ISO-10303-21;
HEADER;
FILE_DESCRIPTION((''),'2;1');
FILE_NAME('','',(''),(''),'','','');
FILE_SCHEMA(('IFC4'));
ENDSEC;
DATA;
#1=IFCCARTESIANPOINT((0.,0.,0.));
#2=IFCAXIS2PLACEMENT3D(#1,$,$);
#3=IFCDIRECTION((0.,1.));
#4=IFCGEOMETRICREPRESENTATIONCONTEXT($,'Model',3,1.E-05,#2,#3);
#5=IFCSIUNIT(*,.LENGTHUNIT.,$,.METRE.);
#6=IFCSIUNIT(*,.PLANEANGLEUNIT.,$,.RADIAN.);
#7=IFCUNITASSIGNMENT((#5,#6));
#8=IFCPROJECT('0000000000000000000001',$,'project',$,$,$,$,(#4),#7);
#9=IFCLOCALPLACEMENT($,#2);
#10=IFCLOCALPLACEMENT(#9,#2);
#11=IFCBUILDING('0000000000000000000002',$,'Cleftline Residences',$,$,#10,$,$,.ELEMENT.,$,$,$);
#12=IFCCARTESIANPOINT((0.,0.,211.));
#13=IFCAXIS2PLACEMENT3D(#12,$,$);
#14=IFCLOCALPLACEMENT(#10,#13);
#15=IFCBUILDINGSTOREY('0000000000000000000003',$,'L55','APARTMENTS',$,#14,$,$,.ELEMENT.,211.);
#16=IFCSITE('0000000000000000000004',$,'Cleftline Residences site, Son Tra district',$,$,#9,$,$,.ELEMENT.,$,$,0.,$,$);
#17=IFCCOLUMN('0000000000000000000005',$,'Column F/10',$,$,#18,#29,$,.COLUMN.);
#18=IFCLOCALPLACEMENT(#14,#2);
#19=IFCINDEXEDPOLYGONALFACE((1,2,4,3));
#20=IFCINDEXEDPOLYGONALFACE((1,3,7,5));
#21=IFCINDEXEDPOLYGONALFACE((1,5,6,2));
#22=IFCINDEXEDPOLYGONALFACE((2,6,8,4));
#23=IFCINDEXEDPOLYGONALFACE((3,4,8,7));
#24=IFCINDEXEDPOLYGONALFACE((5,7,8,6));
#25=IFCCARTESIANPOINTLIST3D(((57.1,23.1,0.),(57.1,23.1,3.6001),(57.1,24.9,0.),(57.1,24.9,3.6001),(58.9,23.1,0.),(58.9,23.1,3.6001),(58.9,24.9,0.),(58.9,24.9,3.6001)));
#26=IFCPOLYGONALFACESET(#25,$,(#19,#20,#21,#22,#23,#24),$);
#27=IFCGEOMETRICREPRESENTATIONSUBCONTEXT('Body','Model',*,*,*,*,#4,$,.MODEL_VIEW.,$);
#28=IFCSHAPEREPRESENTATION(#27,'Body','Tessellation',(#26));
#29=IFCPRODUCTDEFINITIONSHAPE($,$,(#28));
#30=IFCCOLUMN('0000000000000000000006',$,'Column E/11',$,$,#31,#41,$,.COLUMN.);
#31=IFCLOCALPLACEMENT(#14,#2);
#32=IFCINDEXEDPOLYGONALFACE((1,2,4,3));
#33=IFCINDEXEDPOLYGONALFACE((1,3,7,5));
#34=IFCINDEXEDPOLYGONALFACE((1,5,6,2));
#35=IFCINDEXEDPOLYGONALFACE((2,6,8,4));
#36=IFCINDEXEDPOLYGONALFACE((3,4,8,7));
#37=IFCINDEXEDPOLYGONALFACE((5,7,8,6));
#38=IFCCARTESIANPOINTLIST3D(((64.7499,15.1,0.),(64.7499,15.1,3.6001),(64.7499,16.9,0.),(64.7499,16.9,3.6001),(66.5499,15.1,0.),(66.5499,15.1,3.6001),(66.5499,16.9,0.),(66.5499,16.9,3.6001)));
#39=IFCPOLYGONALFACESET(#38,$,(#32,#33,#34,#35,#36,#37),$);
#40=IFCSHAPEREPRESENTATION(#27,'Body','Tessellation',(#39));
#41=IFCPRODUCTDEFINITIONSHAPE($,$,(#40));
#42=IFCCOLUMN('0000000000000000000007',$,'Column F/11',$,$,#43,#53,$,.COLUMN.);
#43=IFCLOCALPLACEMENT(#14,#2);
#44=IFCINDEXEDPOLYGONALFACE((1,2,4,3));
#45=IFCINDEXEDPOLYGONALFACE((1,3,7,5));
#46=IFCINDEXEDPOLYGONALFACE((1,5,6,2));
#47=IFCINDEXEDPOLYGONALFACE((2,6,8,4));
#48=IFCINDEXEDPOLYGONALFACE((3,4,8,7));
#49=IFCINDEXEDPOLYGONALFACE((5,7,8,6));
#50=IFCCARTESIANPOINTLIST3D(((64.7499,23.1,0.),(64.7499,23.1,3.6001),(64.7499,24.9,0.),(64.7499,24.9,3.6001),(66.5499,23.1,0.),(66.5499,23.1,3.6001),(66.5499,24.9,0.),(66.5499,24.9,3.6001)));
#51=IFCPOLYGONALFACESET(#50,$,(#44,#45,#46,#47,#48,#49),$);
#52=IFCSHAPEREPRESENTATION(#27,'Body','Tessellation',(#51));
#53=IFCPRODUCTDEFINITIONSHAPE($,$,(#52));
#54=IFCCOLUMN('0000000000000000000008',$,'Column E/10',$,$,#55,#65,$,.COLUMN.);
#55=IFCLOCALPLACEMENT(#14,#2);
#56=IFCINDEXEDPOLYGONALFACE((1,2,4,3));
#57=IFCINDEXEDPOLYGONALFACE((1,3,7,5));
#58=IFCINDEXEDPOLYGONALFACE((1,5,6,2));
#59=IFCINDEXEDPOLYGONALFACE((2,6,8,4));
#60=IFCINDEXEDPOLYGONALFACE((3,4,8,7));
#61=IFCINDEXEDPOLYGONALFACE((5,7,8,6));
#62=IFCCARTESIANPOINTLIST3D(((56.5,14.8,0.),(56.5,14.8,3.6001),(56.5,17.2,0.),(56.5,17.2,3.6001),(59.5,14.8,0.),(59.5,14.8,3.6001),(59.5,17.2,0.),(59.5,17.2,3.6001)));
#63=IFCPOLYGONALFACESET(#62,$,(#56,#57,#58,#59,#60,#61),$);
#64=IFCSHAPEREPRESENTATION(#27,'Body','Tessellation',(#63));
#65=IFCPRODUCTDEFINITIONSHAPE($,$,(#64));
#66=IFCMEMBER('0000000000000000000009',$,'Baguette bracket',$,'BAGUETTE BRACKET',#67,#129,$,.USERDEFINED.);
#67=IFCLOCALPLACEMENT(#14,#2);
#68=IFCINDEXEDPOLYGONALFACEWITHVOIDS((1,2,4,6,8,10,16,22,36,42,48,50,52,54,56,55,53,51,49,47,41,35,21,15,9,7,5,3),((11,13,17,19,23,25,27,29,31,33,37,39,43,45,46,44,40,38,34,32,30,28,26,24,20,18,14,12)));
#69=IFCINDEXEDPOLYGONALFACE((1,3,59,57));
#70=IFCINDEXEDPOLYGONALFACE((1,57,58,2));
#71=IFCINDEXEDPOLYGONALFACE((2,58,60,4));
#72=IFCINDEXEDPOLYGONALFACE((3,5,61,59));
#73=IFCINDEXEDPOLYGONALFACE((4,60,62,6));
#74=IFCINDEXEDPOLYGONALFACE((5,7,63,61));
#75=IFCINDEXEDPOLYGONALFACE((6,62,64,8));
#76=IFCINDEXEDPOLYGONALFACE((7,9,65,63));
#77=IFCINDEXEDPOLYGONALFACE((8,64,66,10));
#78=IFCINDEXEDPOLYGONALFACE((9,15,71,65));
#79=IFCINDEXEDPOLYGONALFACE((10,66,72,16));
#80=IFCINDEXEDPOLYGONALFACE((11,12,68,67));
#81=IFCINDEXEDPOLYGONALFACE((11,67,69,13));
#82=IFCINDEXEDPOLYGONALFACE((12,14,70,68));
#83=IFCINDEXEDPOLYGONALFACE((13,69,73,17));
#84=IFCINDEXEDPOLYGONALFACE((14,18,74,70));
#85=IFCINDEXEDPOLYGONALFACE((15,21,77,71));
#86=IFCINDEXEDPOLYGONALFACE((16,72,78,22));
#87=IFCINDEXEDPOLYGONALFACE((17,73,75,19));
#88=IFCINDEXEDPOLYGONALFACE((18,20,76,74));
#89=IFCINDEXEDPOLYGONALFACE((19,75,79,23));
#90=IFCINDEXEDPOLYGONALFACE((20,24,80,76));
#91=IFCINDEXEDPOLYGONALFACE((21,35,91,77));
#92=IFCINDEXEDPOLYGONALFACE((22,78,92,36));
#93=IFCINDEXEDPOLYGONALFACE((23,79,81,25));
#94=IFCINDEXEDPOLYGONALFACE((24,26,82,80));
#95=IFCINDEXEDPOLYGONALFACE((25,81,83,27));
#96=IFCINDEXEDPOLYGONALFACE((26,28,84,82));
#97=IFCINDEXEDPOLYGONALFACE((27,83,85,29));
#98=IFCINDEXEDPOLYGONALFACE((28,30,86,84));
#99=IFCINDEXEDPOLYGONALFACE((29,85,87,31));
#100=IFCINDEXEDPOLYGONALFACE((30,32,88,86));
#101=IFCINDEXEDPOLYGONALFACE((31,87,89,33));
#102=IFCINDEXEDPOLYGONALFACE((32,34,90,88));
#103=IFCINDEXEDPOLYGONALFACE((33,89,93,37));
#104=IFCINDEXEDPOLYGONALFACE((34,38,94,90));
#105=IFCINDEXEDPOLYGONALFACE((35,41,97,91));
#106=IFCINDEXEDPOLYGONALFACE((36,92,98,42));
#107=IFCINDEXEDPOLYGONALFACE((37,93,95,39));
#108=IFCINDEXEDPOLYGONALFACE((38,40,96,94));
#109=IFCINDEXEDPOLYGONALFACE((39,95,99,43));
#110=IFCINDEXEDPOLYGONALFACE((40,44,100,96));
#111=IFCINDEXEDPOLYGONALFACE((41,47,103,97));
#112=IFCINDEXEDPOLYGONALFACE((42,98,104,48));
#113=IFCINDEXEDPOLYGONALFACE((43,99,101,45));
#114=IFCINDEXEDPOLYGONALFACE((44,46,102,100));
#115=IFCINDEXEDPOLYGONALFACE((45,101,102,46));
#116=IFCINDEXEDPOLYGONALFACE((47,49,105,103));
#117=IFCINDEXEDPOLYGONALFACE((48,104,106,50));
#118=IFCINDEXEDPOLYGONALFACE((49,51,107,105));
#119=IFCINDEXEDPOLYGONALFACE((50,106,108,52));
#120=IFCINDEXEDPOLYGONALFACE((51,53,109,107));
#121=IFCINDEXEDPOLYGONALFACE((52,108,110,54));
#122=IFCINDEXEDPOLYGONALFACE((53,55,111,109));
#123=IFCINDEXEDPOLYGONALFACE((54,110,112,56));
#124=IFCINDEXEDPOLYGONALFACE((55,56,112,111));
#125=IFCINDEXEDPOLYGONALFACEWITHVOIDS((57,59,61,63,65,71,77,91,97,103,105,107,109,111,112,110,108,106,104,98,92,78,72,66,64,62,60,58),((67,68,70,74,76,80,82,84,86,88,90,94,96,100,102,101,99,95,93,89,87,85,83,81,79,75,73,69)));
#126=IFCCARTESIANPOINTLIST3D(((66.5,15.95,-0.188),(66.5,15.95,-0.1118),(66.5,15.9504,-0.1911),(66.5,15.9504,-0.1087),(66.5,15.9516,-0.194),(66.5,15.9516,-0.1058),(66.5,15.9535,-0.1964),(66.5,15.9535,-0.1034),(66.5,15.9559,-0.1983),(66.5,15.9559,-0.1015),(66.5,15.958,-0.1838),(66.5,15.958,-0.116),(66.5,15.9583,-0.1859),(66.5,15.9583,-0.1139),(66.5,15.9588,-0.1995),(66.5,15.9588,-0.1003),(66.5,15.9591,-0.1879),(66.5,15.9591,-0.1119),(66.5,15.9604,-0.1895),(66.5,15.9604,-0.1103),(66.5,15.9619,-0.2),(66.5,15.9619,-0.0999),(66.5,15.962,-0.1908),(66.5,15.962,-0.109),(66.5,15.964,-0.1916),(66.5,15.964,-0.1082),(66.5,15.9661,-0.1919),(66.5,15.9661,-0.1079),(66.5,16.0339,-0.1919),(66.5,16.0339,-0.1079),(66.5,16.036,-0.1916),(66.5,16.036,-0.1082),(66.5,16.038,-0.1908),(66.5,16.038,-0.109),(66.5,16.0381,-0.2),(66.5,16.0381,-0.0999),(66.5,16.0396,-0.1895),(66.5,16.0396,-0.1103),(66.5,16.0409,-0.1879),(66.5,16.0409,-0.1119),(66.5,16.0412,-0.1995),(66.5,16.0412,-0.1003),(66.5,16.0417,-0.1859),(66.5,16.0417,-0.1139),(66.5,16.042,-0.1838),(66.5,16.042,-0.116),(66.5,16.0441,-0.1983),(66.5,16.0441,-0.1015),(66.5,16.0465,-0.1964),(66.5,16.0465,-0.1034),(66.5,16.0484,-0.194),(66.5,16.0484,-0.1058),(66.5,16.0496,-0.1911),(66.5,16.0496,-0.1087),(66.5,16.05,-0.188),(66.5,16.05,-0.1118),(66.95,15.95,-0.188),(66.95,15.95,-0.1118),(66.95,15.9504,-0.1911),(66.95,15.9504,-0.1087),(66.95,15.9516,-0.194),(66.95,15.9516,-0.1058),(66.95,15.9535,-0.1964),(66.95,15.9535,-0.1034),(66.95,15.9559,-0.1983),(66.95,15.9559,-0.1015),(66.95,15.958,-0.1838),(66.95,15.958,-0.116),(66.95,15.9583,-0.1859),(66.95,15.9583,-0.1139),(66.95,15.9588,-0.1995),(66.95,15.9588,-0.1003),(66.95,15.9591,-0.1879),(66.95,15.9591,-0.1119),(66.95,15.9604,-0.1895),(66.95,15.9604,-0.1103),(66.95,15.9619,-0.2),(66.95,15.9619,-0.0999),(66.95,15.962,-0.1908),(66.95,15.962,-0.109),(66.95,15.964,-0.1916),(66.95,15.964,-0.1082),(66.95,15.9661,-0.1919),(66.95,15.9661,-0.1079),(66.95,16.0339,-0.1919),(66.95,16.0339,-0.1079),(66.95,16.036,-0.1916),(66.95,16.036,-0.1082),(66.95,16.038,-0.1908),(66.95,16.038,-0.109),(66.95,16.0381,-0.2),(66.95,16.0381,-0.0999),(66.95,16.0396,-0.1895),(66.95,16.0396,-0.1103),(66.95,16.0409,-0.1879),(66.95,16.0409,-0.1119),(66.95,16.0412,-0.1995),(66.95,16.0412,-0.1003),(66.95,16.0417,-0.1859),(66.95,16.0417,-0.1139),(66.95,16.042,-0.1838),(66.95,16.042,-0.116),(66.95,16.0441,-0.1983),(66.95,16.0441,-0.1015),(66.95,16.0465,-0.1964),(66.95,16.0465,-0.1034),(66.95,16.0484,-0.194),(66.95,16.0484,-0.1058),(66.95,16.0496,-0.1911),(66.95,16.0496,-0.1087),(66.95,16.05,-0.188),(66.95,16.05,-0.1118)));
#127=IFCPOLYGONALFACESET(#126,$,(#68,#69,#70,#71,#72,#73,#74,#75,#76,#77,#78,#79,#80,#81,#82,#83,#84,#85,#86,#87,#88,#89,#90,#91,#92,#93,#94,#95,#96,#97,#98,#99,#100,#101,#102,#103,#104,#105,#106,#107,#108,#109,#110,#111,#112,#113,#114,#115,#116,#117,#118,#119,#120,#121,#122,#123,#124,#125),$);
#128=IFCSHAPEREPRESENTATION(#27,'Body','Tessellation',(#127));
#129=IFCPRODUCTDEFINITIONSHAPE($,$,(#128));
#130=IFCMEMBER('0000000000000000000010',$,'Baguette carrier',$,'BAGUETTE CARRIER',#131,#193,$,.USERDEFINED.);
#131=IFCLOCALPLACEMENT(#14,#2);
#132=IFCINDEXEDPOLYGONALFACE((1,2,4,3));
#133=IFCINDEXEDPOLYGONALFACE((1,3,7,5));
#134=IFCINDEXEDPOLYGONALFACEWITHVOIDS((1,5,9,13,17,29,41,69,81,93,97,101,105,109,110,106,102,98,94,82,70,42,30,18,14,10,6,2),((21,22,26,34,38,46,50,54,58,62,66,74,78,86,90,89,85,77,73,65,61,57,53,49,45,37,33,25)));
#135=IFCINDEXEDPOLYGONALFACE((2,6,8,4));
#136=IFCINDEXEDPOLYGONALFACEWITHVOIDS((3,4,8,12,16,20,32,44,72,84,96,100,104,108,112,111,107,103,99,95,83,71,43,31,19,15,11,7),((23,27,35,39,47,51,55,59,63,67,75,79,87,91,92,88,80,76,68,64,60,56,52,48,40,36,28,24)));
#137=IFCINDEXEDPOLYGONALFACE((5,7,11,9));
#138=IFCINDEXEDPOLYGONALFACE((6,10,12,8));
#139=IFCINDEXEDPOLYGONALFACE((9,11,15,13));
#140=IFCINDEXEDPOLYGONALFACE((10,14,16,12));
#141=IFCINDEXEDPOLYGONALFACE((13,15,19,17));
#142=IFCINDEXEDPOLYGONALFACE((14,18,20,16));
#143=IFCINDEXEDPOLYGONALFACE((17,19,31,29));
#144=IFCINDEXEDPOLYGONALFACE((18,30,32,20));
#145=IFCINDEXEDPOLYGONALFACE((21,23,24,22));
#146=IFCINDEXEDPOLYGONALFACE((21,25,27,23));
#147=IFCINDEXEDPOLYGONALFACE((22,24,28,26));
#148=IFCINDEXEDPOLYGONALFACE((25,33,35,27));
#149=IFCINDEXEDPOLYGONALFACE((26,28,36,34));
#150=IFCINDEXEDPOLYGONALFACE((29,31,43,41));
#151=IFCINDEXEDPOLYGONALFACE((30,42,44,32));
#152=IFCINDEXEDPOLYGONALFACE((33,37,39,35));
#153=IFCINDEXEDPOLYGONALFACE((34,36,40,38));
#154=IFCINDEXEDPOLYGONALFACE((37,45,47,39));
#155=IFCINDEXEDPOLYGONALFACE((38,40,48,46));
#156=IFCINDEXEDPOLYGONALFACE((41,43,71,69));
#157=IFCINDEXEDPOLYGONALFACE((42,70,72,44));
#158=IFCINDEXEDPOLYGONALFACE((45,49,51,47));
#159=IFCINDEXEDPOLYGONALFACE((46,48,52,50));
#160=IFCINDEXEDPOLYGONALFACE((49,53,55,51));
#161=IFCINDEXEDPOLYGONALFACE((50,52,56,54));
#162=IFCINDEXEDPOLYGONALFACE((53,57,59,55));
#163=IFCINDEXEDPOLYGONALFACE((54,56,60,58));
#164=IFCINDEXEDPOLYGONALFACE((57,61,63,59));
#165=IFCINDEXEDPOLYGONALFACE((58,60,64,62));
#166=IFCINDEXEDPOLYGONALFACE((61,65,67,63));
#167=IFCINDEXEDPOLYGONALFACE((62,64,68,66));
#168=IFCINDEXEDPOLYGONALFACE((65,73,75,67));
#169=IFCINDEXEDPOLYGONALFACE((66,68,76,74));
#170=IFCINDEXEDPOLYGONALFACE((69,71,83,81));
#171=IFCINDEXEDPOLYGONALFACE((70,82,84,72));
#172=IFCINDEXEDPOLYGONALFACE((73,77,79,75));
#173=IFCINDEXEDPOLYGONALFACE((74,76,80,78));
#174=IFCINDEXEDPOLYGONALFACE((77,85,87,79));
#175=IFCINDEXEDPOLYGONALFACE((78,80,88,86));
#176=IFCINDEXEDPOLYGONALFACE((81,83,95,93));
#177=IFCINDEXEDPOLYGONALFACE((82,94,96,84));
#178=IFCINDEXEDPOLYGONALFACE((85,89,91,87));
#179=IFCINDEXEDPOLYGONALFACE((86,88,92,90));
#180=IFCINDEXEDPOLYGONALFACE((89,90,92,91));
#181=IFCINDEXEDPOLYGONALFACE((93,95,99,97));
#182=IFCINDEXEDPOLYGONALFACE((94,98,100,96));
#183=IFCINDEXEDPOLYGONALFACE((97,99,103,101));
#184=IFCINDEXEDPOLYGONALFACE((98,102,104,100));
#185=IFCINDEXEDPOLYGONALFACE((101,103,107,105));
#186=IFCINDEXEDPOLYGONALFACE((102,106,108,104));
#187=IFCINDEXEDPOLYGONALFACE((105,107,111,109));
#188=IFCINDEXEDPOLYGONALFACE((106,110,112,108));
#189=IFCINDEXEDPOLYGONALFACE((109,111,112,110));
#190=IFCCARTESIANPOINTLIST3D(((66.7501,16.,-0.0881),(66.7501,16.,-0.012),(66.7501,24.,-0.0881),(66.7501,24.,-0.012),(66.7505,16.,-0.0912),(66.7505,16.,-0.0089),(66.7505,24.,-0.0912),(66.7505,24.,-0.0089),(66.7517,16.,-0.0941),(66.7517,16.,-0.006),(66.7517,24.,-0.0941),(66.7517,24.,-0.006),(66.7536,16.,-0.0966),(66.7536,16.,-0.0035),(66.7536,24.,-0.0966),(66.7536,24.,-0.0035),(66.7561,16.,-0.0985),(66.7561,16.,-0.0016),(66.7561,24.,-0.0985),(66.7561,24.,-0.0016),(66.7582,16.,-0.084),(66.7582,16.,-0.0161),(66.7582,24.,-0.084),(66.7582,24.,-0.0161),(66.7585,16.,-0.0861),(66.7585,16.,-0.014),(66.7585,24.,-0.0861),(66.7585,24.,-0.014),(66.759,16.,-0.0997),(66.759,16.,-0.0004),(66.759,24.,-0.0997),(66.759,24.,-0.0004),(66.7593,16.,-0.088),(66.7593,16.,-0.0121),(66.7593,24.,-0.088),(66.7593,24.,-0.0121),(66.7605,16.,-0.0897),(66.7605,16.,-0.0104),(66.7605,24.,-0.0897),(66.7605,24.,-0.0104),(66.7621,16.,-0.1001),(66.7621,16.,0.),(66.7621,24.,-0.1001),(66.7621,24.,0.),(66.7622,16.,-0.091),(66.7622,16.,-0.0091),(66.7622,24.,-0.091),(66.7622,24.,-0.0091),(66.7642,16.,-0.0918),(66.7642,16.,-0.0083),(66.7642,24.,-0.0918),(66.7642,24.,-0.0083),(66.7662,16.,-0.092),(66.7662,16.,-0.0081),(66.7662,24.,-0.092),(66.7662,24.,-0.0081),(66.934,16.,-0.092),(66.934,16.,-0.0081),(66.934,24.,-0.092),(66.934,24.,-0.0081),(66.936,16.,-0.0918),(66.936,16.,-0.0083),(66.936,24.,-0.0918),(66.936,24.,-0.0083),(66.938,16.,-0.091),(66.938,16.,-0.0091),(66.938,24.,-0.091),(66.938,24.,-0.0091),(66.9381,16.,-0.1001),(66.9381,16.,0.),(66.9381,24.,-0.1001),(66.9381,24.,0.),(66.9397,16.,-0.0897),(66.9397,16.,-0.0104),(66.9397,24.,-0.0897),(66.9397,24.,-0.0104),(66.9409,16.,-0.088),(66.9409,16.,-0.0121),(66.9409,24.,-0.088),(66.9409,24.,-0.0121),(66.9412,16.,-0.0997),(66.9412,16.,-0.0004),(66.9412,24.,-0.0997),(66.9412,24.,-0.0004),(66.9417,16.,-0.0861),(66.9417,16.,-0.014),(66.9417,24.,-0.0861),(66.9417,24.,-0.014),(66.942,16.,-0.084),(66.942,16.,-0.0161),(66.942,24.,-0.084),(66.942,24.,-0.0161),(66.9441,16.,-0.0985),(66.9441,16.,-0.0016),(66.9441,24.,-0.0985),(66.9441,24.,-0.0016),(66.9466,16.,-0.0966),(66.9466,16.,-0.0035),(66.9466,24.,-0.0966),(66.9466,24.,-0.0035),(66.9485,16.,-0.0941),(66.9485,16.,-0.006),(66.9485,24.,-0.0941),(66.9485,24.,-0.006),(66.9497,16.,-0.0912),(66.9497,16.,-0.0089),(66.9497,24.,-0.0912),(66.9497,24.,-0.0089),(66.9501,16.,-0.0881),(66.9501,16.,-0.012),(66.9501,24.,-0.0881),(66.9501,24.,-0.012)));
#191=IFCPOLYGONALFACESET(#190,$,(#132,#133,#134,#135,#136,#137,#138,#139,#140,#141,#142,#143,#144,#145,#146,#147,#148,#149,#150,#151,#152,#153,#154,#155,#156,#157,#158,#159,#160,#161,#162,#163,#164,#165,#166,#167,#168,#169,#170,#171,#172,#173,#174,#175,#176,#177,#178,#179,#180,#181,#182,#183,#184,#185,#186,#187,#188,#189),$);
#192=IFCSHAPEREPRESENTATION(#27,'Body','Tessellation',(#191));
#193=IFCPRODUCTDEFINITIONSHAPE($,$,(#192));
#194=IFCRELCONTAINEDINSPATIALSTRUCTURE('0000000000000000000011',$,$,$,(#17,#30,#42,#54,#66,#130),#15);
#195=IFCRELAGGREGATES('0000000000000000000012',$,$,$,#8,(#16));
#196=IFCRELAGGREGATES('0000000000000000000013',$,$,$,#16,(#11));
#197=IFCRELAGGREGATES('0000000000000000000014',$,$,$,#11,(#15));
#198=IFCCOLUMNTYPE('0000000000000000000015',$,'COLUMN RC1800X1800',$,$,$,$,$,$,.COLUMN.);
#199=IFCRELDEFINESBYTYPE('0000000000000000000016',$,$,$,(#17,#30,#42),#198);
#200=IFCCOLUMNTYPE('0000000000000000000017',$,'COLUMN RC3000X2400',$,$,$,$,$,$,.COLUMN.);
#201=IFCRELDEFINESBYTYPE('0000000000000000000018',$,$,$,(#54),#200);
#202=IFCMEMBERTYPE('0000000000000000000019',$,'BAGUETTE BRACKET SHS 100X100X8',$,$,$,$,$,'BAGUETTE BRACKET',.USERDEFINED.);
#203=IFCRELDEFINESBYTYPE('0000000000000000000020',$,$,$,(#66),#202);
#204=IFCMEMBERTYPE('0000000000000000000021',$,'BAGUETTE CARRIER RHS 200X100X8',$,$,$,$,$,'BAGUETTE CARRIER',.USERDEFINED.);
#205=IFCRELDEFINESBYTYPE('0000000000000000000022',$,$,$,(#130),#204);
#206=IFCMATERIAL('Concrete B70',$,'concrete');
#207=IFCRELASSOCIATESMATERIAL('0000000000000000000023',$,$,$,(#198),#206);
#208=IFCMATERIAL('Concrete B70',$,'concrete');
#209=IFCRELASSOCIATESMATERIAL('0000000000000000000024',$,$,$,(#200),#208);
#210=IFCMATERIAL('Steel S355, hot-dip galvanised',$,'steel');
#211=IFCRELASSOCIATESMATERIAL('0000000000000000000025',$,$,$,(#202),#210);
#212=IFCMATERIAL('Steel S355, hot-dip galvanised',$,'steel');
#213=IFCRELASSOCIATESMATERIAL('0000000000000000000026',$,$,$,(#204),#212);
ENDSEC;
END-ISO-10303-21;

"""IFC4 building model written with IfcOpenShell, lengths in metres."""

from ifc_helpers import new_model, si_unit, direction, frame, origin, origin_2d, place, context, subcontext, project, spatial, rectangle, hollow_rectangle, extrude, material, material_profile, profile_set, type_object, element, save


model = new_model("IFC4")

# Units and contexts
model_context = context("Model", 3, precision=1e-05, world=origin(), true_north=direction((0.0, 1.0)))
body_context = subcontext(model_context, "Body", "Model", "MODEL_VIEW")
ifc_project = project(units=[si_unit("LENGTHUNIT", "METRE"), si_unit("PLANEANGLEUNIT", "RADIAN")], contexts=[model_context])

# Site, building, storey
site_placement = place(None, origin())
site = spatial("IfcSite", under=ifc_project, at=site_placement, Name="Cleftline Residences site, Son Tra district", CompositionType="ELEMENT", RefElevation=0.0)
building_placement = place(site_placement, origin())
building = spatial("IfcBuilding", under=site, at=building_placement, Name="Cleftline Residences", CompositionType="ELEMENT")
storey_placement = place(building_placement, frame((0.0, 0.0, 211.0)))
storey = spatial("IfcBuildingStorey", under=building, at=storey_placement, Name="L55", Description="APARTMENTS", CompositionType="ELEMENT", Elevation=211.0)

# Columns
ifc_material_1 = material(Name="Concrete B70", Category="concrete")
ifc_material_profile_1 = material_profile(ifc_material_1, rectangle(XDim=1.8, YDim=1.8, at=origin_2d()))
ifc_profile_set_1 = profile_set([ifc_material_profile_1], Name="Concrete B70")
column_type_1 = type_object("IfcColumnType", Name="COLUMN RC1800X1800", PredefinedType="COLUMN", material=ifc_profile_set_1)
for number, where, z_axis, x_axis, name in (
    (1, (58.0, 24.0, 0.0), (0.0, 0.0, 1.0), (1.0, 0.0, 0.0), "Column F/10"),
    (2, (65.6499, 16.0, 0.0), (0.0, 0.0, 1.0), (1.0, 0.0, 0.0), "Column E/11"),
    (3, (65.6499, 24.0, 0.0), (0.0, 0.0, 1.0), (1.0, 0.0, 0.0), "Column F/11"),
):
    element("IfcColumn", number, at=place(storey_placement, frame(where, z_axis=z_axis, x_axis=x_axis)), inside=storey, type_object=column_type_1, Name=name, PredefinedType="COLUMN", context=body_context, shape_type="SweptSolid", body=[
        extrude(rectangle(XDim=1.8, YDim=1.8, at=origin_2d()), origin(), (0.0, 0.0, 1.0), 3.6001),
    ])
ifc_material_2 = material(Name="Concrete B70", Category="concrete")
ifc_material_profile_2 = material_profile(ifc_material_2, rectangle(XDim=3.0, YDim=2.3999, at=origin_2d()))
ifc_profile_set_2 = profile_set([ifc_material_profile_2], Name="Concrete B70")
column_type_2 = type_object("IfcColumnType", Name="COLUMN RC3000X2400", PredefinedType="COLUMN", material=ifc_profile_set_2)
column_placement = place(storey_placement, frame((58.0, 16.0, 0.0), z_axis=(0.0, 0.0, 1.0), x_axis=(1.0, 0.0, 0.0)))
element("IfcColumn", 4, at=column_placement, inside=storey, type_object=column_type_2, Name="Column E/10", PredefinedType="COLUMN", context=body_context, shape_type="SweptSolid", body=[
    extrude(rectangle(XDim=3.0, YDim=2.3999, at=origin_2d()), origin(), (0.0, 0.0, 1.0), 3.6001),
])

# Members
ifc_material_3 = material(Name="Steel S355, hot-dip galvanised", Category="steel")
ifc_material_profile_3 = material_profile(ifc_material_3, hollow_rectangle(XDim=0.1001, YDim=0.1001, WallThickness=0.0081, InnerFilletRadius=0.0081, OuterFilletRadius=0.012, at=origin_2d()))
ifc_profile_set_3 = profile_set([ifc_material_profile_3], Name="Steel S355, hot-dip galvanised")
member_type_1 = type_object("IfcMemberType", Name="BAGUETTE BRACKET SHS 100X100X8", ElementType="BAGUETTE BRACKET", PredefinedType="USERDEFINED", material=ifc_profile_set_3)
member_1_placement = place(storey_placement, frame((66.5, 16.0, -0.1499), z_axis=(1.0, 0.0, 0.0), x_axis=(0.0, 1.0, 0.0)))
element("IfcMember", 5, at=member_1_placement, inside=storey, type_object=member_type_1, Name="Baguette bracket", ObjectType="BAGUETTE BRACKET", PredefinedType="USERDEFINED", context=body_context, shape_type="SweptSolid", body=[
    extrude(hollow_rectangle(XDim=0.1001, YDim=0.1001, WallThickness=0.0081, InnerFilletRadius=0.0081, OuterFilletRadius=0.012, at=origin_2d()), origin(), (0.0, 0.0, 1.0), 0.45),
])
ifc_material_4 = material(Name="Steel S355, hot-dip galvanised", Category="steel")
ifc_material_profile_4 = material_profile(ifc_material_4, hollow_rectangle(XDim=0.1001, YDim=0.2, WallThickness=0.0081, InnerFilletRadius=0.0081, OuterFilletRadius=0.012, at=origin_2d()))
ifc_profile_set_4 = profile_set([ifc_material_profile_4], Name="Steel S355, hot-dip galvanised")
member_type_2 = type_object("IfcMemberType", Name="BAGUETTE CARRIER RHS 200X100X8", ElementType="BAGUETTE CARRIER", PredefinedType="USERDEFINED", material=ifc_profile_set_4)
member_2_placement = place(storey_placement, frame((66.8501, 16.0, -0.05), z_axis=(0.0, 1.0, 0.0), x_axis=(0.0, 0.0, 1.0)))
element("IfcMember", 6, at=member_2_placement, inside=storey, type_object=member_type_2, Name="Baguette carrier", ObjectType="BAGUETTE CARRIER", PredefinedType="USERDEFINED", context=body_context, shape_type="SweptSolid", body=[
    extrude(hollow_rectangle(XDim=0.1001, YDim=0.2, WallThickness=0.0081, InnerFilletRadius=0.0081, OuterFilletRadius=0.012, at=origin_2d()), origin(), (0.0, 0.0, 1.0), 8.0),
])

save(model, "model.ifc")
